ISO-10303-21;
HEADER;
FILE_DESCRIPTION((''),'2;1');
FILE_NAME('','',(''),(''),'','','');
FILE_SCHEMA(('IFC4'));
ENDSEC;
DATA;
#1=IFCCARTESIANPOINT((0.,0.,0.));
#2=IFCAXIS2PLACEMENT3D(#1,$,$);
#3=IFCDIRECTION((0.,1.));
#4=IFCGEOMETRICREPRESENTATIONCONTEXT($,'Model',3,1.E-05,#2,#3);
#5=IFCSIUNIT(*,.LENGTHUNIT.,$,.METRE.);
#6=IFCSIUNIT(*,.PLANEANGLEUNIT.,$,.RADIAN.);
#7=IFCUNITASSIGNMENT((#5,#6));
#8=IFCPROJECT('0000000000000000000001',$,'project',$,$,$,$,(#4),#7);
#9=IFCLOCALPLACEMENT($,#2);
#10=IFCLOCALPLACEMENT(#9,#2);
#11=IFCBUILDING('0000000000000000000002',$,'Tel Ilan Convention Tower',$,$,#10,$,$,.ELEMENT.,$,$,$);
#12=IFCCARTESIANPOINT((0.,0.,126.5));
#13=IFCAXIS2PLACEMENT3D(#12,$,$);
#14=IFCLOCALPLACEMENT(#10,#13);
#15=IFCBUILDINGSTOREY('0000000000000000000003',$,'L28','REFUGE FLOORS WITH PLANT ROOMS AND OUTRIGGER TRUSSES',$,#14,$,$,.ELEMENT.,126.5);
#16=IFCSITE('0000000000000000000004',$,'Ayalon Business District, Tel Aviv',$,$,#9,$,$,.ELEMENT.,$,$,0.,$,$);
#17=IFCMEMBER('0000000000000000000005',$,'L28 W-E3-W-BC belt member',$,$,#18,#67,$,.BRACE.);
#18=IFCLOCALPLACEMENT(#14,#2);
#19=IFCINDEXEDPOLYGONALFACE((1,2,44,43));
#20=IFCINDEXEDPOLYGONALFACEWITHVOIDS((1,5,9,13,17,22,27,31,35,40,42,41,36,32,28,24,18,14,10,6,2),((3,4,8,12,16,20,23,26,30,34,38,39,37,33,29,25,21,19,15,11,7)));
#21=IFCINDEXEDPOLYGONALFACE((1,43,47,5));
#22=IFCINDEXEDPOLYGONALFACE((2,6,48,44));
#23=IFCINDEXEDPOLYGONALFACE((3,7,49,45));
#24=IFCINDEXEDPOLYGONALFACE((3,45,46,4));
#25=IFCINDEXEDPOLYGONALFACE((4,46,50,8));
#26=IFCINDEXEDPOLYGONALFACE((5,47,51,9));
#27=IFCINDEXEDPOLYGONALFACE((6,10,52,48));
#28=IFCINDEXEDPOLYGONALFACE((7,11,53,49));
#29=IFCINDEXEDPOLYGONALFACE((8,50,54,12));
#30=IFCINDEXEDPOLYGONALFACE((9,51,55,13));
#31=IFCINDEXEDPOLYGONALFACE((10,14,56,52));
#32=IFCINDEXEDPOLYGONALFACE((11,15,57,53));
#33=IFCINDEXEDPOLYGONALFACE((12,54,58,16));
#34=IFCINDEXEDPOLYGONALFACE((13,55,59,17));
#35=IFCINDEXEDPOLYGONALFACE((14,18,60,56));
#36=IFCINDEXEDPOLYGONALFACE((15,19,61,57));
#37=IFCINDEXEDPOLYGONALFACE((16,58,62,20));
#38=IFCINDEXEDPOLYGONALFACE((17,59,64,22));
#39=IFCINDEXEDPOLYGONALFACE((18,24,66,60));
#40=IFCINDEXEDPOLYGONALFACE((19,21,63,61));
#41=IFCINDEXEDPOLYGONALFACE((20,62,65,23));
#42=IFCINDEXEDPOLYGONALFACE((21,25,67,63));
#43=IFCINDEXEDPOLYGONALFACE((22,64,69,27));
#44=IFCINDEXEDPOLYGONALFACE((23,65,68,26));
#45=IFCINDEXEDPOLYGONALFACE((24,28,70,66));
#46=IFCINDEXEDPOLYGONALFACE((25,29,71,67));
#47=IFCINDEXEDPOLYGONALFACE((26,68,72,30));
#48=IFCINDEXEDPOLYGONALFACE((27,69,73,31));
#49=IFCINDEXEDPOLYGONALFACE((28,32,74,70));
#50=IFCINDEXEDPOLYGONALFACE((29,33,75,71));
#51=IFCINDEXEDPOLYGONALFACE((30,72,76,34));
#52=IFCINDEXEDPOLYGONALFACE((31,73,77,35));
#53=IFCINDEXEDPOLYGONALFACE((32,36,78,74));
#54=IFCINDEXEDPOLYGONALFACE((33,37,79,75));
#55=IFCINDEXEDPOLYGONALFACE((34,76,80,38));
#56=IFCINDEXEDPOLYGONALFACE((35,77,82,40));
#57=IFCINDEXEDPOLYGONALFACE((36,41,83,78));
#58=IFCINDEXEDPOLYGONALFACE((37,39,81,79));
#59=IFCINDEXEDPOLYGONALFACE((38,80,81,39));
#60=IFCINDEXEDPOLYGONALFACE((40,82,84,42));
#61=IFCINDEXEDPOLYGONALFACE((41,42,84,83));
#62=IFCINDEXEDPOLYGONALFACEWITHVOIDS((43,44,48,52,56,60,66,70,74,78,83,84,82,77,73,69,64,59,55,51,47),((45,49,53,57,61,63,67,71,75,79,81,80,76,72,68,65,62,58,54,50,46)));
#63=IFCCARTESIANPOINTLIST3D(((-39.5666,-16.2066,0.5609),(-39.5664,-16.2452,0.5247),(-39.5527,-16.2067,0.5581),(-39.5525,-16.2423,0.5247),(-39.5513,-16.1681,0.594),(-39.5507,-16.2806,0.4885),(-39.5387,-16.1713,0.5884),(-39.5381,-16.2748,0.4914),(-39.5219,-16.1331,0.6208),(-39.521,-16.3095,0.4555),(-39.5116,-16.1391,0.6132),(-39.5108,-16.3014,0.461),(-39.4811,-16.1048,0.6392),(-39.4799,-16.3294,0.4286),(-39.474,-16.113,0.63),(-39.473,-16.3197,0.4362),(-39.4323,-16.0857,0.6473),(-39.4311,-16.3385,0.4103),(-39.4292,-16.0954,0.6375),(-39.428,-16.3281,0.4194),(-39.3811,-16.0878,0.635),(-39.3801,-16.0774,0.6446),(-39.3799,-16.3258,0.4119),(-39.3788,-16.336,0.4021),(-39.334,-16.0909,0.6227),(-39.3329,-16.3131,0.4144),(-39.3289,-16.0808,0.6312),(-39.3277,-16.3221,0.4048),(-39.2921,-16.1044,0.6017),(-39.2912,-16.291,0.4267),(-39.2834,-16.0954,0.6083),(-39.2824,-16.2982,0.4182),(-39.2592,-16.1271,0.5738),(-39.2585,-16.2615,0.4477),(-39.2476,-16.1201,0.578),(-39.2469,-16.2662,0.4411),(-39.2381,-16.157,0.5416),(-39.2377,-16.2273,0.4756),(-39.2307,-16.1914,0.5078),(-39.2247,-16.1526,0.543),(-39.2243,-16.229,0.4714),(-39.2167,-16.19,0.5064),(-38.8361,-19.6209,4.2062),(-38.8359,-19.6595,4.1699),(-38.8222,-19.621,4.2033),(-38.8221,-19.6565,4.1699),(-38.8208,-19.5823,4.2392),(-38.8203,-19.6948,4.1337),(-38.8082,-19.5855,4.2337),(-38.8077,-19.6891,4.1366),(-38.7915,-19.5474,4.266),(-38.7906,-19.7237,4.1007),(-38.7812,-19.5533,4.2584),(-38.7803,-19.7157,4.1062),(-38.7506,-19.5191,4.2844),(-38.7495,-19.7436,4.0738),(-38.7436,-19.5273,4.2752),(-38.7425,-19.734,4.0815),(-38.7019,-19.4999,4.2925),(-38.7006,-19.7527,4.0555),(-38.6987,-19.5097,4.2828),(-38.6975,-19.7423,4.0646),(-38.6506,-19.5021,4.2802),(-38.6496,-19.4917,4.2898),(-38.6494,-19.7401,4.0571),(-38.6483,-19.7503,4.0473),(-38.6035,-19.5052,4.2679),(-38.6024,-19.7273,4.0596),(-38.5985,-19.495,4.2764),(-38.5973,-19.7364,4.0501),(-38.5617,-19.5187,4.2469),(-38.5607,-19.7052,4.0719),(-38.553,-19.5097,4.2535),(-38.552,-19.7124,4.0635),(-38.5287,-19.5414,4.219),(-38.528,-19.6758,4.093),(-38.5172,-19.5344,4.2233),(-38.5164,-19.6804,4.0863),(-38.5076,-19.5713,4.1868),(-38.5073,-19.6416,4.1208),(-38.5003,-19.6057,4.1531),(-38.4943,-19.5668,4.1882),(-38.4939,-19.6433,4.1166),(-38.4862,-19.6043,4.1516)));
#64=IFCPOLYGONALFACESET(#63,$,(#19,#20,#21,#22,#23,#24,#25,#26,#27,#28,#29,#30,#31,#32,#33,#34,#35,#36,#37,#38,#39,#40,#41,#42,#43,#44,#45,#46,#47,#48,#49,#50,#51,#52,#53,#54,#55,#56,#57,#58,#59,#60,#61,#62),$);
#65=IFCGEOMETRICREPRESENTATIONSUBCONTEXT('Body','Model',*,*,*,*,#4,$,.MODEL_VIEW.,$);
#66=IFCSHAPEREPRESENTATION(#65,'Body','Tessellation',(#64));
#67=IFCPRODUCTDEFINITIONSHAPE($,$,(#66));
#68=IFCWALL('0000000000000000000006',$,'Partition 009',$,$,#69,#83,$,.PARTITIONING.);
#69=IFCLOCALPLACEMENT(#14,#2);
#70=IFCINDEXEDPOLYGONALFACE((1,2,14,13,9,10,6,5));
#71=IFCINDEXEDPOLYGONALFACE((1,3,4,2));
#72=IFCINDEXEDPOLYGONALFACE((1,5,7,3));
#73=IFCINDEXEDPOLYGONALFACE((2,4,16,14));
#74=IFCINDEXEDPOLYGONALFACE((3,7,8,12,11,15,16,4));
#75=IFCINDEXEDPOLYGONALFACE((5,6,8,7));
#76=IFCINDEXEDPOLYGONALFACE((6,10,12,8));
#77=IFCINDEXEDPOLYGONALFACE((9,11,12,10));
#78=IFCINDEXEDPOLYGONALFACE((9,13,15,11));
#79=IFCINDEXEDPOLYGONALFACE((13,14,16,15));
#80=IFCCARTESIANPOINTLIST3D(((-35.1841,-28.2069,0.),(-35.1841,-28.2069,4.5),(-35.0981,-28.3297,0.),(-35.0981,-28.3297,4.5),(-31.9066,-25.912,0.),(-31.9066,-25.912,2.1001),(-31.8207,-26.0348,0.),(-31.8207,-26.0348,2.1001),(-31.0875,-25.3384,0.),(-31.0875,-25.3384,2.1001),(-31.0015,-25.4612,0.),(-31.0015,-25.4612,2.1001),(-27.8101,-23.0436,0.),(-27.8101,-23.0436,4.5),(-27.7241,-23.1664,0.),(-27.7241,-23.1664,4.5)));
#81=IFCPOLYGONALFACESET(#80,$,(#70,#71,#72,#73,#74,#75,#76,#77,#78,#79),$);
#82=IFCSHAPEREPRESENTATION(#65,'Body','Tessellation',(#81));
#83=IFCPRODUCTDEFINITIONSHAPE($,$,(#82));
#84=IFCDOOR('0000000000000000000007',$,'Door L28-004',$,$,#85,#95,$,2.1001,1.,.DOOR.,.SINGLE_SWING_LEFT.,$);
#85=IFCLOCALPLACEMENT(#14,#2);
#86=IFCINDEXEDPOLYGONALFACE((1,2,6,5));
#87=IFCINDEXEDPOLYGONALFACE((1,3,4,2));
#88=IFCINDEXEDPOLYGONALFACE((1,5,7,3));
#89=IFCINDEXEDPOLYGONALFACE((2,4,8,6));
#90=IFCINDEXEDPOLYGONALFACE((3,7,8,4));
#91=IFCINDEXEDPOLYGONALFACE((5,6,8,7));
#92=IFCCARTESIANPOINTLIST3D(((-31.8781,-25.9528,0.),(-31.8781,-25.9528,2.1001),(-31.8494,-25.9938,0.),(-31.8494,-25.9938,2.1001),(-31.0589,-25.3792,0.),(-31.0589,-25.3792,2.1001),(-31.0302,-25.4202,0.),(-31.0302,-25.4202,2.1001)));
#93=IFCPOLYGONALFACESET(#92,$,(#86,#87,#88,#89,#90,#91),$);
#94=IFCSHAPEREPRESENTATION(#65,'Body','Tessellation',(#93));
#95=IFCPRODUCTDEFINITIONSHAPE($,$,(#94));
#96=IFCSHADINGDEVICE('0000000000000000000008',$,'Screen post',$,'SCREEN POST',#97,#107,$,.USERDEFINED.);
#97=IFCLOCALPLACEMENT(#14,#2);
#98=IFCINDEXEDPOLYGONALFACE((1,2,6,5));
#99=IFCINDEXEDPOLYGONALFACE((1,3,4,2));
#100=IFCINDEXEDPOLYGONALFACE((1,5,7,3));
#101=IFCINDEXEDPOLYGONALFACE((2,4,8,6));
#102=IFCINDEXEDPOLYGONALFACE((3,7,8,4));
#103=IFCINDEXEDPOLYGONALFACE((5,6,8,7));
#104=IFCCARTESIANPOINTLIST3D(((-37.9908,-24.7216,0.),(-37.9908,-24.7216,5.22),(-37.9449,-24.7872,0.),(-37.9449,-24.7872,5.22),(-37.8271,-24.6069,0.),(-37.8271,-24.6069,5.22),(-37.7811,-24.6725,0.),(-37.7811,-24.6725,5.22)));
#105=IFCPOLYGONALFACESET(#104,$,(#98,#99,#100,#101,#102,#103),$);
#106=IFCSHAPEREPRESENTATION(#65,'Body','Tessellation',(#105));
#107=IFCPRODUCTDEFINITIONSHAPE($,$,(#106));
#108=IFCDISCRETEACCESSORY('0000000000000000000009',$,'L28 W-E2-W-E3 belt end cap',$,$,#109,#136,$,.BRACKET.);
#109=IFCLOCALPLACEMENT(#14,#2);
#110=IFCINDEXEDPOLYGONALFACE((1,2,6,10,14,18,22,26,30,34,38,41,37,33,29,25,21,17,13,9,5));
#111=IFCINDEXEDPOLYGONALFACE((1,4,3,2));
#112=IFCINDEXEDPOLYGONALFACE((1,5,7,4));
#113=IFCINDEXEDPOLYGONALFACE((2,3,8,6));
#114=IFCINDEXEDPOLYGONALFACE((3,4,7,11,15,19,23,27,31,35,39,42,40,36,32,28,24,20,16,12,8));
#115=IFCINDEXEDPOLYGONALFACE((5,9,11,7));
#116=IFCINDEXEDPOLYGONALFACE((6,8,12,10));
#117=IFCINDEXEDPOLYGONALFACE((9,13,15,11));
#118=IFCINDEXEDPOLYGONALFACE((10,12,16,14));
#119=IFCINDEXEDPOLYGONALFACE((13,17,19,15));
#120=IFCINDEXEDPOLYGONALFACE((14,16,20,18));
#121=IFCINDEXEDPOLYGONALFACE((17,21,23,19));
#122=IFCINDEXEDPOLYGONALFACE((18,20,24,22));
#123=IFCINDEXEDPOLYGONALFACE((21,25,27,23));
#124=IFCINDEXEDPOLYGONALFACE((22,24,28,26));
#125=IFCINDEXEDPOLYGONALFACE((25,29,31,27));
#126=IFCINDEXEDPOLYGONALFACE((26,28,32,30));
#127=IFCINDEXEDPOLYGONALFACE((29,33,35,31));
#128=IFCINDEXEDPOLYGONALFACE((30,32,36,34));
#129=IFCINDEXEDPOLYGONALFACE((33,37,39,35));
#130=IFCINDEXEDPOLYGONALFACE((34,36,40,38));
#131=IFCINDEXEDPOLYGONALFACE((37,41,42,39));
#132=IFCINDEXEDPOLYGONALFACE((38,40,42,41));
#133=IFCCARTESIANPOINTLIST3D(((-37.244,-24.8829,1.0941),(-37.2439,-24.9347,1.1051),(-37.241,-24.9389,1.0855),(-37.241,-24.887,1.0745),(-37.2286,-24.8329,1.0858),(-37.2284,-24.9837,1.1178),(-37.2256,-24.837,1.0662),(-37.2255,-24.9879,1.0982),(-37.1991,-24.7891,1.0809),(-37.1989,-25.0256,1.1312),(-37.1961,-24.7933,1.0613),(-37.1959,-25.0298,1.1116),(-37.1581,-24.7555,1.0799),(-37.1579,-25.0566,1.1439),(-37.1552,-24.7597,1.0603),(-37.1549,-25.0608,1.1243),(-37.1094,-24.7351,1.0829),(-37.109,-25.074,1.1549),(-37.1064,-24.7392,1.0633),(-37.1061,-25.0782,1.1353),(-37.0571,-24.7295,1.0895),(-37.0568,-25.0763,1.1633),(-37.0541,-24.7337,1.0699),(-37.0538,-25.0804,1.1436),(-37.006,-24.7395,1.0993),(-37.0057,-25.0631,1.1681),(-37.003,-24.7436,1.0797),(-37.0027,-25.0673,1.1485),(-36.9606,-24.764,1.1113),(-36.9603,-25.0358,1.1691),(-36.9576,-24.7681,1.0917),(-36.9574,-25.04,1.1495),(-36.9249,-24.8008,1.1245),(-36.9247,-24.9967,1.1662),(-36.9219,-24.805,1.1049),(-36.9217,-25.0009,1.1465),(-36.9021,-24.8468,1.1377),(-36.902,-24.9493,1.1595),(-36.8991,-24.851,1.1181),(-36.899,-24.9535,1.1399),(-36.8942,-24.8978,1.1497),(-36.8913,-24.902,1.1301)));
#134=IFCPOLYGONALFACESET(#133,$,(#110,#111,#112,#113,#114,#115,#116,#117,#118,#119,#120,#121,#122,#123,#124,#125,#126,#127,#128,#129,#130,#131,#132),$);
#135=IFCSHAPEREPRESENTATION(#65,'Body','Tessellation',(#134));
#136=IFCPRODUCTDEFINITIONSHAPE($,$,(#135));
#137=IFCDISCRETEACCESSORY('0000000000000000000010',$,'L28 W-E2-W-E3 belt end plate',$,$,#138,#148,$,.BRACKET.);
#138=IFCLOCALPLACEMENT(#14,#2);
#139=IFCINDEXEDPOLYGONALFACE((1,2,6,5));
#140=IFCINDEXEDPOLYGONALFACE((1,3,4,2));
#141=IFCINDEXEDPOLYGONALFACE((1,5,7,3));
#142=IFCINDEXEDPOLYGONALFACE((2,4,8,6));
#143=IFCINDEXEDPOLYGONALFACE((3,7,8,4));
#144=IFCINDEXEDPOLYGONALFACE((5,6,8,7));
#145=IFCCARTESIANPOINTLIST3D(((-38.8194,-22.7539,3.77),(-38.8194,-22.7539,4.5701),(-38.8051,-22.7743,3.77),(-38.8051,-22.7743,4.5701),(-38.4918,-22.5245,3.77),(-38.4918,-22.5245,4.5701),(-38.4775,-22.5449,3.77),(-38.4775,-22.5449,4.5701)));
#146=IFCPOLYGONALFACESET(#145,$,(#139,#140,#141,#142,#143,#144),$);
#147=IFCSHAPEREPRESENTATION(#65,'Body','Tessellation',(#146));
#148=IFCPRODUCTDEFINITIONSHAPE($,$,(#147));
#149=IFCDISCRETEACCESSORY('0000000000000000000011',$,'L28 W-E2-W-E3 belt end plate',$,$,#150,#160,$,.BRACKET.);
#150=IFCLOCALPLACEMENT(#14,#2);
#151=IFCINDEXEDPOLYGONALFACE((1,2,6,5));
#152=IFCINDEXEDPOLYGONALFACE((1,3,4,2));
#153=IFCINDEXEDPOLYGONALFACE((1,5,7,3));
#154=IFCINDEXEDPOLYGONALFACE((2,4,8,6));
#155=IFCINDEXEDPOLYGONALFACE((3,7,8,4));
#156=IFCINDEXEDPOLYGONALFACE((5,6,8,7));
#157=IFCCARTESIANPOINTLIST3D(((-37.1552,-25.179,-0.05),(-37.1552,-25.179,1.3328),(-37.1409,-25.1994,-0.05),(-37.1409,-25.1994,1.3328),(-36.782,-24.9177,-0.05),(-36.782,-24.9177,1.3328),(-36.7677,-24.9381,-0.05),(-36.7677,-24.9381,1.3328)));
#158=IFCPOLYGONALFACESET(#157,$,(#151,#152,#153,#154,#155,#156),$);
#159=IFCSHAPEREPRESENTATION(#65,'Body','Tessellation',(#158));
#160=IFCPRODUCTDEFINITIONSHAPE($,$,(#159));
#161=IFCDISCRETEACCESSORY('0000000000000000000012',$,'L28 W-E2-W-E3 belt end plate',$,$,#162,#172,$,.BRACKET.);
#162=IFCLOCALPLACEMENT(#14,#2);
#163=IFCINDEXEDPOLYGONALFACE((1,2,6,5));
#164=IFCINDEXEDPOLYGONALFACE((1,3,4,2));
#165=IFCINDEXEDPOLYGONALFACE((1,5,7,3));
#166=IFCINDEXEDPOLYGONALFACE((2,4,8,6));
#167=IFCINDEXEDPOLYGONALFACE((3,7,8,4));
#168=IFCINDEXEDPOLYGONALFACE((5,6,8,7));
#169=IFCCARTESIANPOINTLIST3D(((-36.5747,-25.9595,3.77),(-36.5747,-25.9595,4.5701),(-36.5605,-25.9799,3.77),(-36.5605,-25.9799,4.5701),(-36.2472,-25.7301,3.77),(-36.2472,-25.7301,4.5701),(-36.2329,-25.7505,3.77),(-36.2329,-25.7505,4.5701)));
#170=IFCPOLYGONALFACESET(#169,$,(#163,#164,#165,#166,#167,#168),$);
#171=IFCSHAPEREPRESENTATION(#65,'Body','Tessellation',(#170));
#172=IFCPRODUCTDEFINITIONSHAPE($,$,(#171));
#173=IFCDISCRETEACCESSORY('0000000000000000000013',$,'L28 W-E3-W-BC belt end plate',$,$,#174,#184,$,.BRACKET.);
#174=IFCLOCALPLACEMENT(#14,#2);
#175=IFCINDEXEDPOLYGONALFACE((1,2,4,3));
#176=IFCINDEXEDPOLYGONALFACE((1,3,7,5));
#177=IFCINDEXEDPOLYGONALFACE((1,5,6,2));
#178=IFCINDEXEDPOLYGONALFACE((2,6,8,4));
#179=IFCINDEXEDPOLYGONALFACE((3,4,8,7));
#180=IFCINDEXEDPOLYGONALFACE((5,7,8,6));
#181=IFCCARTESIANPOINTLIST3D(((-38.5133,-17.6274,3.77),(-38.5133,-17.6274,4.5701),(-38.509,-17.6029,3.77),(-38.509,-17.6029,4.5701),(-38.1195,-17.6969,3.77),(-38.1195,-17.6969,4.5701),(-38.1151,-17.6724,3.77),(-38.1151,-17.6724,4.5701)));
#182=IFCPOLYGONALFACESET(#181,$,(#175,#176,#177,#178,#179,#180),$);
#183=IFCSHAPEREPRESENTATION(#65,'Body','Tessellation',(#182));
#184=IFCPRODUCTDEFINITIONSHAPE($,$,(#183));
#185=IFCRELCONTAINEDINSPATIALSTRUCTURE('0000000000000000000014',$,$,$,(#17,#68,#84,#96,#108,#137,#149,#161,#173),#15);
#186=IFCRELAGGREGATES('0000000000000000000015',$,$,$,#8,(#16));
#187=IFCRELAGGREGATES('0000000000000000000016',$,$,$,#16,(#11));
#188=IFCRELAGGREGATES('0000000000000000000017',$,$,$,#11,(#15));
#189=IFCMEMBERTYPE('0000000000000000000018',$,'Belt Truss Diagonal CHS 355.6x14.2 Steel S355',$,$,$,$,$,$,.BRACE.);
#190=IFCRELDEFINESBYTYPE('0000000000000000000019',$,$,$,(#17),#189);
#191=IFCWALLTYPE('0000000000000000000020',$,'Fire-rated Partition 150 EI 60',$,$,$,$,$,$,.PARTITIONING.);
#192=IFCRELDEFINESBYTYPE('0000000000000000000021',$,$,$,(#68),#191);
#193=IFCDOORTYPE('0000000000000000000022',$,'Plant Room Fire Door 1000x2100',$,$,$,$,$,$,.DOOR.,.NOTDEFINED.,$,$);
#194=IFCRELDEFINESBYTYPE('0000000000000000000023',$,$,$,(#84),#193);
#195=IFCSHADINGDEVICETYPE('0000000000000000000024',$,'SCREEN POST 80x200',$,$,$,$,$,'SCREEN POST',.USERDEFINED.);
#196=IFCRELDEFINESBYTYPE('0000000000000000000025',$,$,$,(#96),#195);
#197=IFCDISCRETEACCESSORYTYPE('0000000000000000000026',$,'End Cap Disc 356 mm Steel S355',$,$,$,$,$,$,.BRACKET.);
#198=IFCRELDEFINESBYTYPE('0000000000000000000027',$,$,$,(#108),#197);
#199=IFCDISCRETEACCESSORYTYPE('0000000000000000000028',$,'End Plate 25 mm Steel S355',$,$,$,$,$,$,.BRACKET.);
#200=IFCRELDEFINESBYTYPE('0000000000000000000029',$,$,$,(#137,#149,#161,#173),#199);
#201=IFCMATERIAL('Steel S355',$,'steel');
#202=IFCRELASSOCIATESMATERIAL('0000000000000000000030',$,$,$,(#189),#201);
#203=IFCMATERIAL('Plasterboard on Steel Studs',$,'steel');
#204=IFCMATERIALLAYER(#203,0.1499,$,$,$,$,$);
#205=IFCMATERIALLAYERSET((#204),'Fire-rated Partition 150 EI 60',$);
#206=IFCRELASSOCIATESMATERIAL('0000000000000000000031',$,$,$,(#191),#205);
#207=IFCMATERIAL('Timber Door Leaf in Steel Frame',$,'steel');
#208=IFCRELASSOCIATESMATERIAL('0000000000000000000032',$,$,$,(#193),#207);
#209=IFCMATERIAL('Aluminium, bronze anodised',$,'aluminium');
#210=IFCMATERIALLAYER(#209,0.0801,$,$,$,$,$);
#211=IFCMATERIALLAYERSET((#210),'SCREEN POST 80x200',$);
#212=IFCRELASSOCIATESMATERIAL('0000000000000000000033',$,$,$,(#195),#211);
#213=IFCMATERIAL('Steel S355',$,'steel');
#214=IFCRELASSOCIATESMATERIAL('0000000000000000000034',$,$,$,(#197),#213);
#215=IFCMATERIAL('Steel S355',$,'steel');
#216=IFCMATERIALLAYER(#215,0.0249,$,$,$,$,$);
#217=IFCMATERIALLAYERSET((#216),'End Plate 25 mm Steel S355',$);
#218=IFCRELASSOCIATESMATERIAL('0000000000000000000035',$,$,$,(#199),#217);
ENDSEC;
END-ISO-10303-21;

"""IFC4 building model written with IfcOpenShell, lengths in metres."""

from ifc_helpers import new_model, si_unit, direction, frame, frame_2d, origin, origin_2d, place, context, subcontext, project, spatial, rectangle, circle, hollow_circle, extrude, material, layer, layer_set, material_profile, profile_set, type_object, element, fill, save


model = new_model("IFC4")

# Units and contexts
model_context = context("Model", 3, precision=1e-05, world=origin(), true_north=direction((0.0, 1.0)))
body_context = subcontext(model_context, "Body", "Model", "MODEL_VIEW")
ifc_project = project(units=[si_unit("LENGTHUNIT", "METRE"), si_unit("PLANEANGLEUNIT", "RADIAN")], contexts=[model_context])

# Site, building, storey
site_placement = place(None, origin())
site = spatial("IfcSite", under=ifc_project, at=site_placement, Name="Ayalon Business District, Tel Aviv", CompositionType="ELEMENT", RefElevation=0.0)
building_placement = place(site_placement, origin())
building = spatial("IfcBuilding", under=site, at=building_placement, Name="Tel Ilan Convention Tower", CompositionType="ELEMENT")
storey_placement = place(building_placement, frame((0.0, 0.0, 126.5)))
storey = spatial("IfcBuildingStorey", under=building, at=storey_placement, Name="L28", Description="REFUGE FLOORS WITH PLANT ROOMS AND OUTRIGGER TRUSSES", CompositionType="ELEMENT", Elevation=126.5)

# Member
ifc_material_1 = material(Name="Steel S355", Category="steel")
ifc_material_profile_1 = material_profile(ifc_material_1, hollow_circle(Radius=0.1777, WallThickness=0.0142, at=origin_2d()), Name="CHS 355.6x14.2")
ifc_profile_set_1 = profile_set([ifc_material_profile_1], Name="Steel S355")
member_type_1 = type_object("IfcMemberType", Name="Belt Truss Diagonal CHS 355.6x14.2 Steel S355", PredefinedType="BRACE", material=ifc_profile_set_1)
member_1_placement = place(storey_placement, frame((-38.6621, -19.6223, 4.1699), z_axis=(-0.144714, 0.676412, -0.722167), x_axis=(-0.977871, -0.209209, 0.0)))
element("IfcMember", 1, at=member_1_placement, inside=storey, type_object=member_type_1, Name="L28 W-E3-W-BC belt member", PredefinedType="BRACE", context=body_context, shape_type="SweptSolid", body=[
    extrude(hollow_circle(Radius=0.1777, WallThickness=0.0142, at=origin_2d()), origin(), (0.0, 0.0, 1.0), 5.0476),
])

# Wall, opening, door
ifc_material_2 = material(Name="Plasterboard on Steel Studs", Category="steel")
ifc_layer_1 = layer(ifc_material_2, 0.1499)
ifc_layer_set_1 = layer_set([ifc_layer_1], Name="Fire-rated Partition 150 EI 60")
wall_type = type_object("IfcWallType", Name="Fire-rated Partition 150 EI 60", PredefinedType="PARTITIONING", material=ifc_layer_set_1)
wall_placement = place(storey_placement, frame((-27.7671, -23.105, 0.0), z_axis=(0.0, 0.0, 1.0), x_axis=(-0.819153, -0.573575, 0.0)))
wall = element("IfcWall", 2, at=wall_placement, inside=storey, type_object=wall_type, Name="Partition 009", PredefinedType="PARTITIONING", context=body_context, shape_type="SweptSolid", body=[
    extrude(rectangle(XDim=9.002, YDim=0.1499, at=frame_2d((4.501, 0.0))), origin(), (0.0, 0.0, 1.0), 4.5),
])
opening_placement = place(wall_placement, frame((4.001, 0.0, 0.0)))
opening = element("IfcOpeningElement", 3, at=opening_placement, cuts=wall, PredefinedType="OPENING", context=body_context, shape_type="SweptSolid", body=[
    extrude(rectangle(XDim=1.0, YDim=2.1001, at=frame_2d((0.5, 1.05))), frame((0.0, 0.085, 0.0), z_axis=(0.0, -1.0, 0.0), x_axis=(1.0, 0.0, 0.0)), (0.0, 0.0, 1.0), 0.1699),
])
ifc_material_3 = material(Name="Timber Door Leaf in Steel Frame", Category="steel")
door_type = type_object("IfcDoorType", Name="Plant Room Fire Door 1000x2100", OperationType="NOTDEFINED", PredefinedType="DOOR", material=ifc_material_3)
door_placement = place(opening_placement, origin())
door = element("IfcDoor", 4, at=door_placement, inside=storey, type_object=door_type, Name="Door L28-004", OperationType="SINGLE_SWING_LEFT", OverallHeight=2.1001, OverallWidth=1.0, PredefinedType="DOOR", context=body_context, shape_type="SweptSolid", body=[
    extrude(rectangle(XDim=1.0, YDim=2.1001, at=frame_2d((0.5, 1.05))), frame((0.0, 0.0249, 0.0), z_axis=(0.0, -1.0, 0.0), x_axis=(1.0, 0.0, 0.0)), (0.0, 0.0, 1.0), 0.05),
])
fill(opening, door)

# Shading device
ifc_material_4 = material(Name="Aluminium, bronze anodised", Category="aluminium")
ifc_layer_2 = layer(ifc_material_4, 0.0801)
ifc_layer_set_2 = layer_set([ifc_layer_2], Name="SCREEN POST 80x200")
shading_device_type = type_object("IfcShadingDeviceType", Name="SCREEN POST 80x200", ElementType="SCREEN POST", PredefinedType="USERDEFINED", material=ifc_layer_set_2)
shading_device_placement = place(storey_placement, frame((-37.886, -24.697, 0.0), z_axis=(0.0, 0.0, 1.0), x_axis=(0.573576, -0.819152, 0.0)))
element("IfcShadingDevice", 5, at=shading_device_placement, inside=storey, type_object=shading_device_type, Name="Screen post", ObjectType="SCREEN POST", PredefinedType="USERDEFINED", context=body_context, shape_type="SweptSolid", body=[
    extrude(rectangle(XDim=0.0801, YDim=0.2, at=origin_2d()), origin(), (0.0, 0.0, 1.0), 5.22),
])

# Discrete accessories
ifc_material_5 = material(Name="Steel S355", Category="steel")
ifc_material_profile_2 = material_profile(ifc_material_5, circle(Radius=0.1777, at=origin_2d()), Name="End Cap Disc 356 mm Steel S355")
ifc_profile_set_2 = profile_set([ifc_material_profile_2], Name="Steel S355")
discrete_accessory_type_1 = type_object("IfcDiscreteAccessoryType", Name="End Cap Disc 356 mm Steel S355", PredefinedType="BRACKET", material=ifc_profile_set_2)
discrete_accessory_1_placement = place(storey_placement, frame((-37.0701, -24.9033, 1.1245), z_axis=(0.14517, -0.205657, -0.967797), x_axis=(0.816968, 0.576683, 0.0)))
element("IfcDiscreteAccessory", 6, at=discrete_accessory_1_placement, inside=storey, type_object=discrete_accessory_type_1, Name="L28 W-E2-W-E3 belt end cap", PredefinedType="BRACKET", context=body_context, shape_type="SweptSolid", body=[
    extrude(circle(Radius=0.1777, at=origin_2d()), origin(), (0.0, 0.0, 1.0), 0.0203),
])
ifc_material_6 = material(Name="Steel S355", Category="steel")
ifc_layer_3 = layer(ifc_material_6, 0.0249)
ifc_layer_set_3 = layer_set([ifc_layer_3], Name="End Plate 25 mm Steel S355")
discrete_accessory_type_2 = type_object("IfcDiscreteAccessoryType", Name="End Plate 25 mm Steel S355", PredefinedType="BRACKET", material=ifc_layer_set_3)
discrete_accessory_2_placement = place(storey_placement, frame((-38.6484, -22.6494, 3.77), z_axis=(0.0, 0.0, 1.0), x_axis=(-0.573576, 0.819152, 0.0)))
element("IfcDiscreteAccessory", 7, at=discrete_accessory_2_placement, inside=storey, type_object=discrete_accessory_type_2, Name="L28 W-E2-W-E3 belt end plate", PredefinedType="BRACKET", context=body_context, shape_type="SweptSolid", body=[
    extrude(rectangle(XDim=0.0249, YDim=0.3999, at=origin_2d()), origin(), (0.0, 0.0, 1.0), 0.8),
])
discrete_accessory_3_placement = place(storey_placement, frame((-36.9614, -25.0586, -0.05), z_axis=(0.0, 0.0, 1.0), x_axis=(0.573576, -0.819152, 0.0)))
element("IfcDiscreteAccessory", 8, at=discrete_accessory_3_placement, inside=storey, type_object=discrete_accessory_type_2, Name="L28 W-E2-W-E3 belt end plate", PredefinedType="BRACKET", context=body_context, shape_type="SweptSolid", body=[
    extrude(rectangle(XDim=0.0249, YDim=0.4556, at=origin_2d()), origin(), (0.0, 0.0, 1.0), 1.3828),
])
for number, where, z_axis, x_axis, name in (
    (9, (-36.4038, -25.855, 3.77), (0.0, 0.0, 1.0), (0.573576, -0.819152, 0.0), "L28 W-E2-W-E3 belt end plate"),
    (10, (-38.3142, -17.6499, 3.77), (0.0, 0.0, 1.0), (0.173648, 0.984808, 0.0), "L28 W-E3-W-BC belt end plate"),
):
    element("IfcDiscreteAccessory", number, at=place(storey_placement, frame(where, z_axis=z_axis, x_axis=x_axis)), inside=storey, type_object=discrete_accessory_type_2, Name=name, PredefinedType="BRACKET", context=body_context, shape_type="SweptSolid", body=[
        extrude(rectangle(XDim=0.0249, YDim=0.3999, at=origin_2d()), origin(), (0.0, 0.0, 1.0), 0.8),
    ])

save(model, "model.ifc")
